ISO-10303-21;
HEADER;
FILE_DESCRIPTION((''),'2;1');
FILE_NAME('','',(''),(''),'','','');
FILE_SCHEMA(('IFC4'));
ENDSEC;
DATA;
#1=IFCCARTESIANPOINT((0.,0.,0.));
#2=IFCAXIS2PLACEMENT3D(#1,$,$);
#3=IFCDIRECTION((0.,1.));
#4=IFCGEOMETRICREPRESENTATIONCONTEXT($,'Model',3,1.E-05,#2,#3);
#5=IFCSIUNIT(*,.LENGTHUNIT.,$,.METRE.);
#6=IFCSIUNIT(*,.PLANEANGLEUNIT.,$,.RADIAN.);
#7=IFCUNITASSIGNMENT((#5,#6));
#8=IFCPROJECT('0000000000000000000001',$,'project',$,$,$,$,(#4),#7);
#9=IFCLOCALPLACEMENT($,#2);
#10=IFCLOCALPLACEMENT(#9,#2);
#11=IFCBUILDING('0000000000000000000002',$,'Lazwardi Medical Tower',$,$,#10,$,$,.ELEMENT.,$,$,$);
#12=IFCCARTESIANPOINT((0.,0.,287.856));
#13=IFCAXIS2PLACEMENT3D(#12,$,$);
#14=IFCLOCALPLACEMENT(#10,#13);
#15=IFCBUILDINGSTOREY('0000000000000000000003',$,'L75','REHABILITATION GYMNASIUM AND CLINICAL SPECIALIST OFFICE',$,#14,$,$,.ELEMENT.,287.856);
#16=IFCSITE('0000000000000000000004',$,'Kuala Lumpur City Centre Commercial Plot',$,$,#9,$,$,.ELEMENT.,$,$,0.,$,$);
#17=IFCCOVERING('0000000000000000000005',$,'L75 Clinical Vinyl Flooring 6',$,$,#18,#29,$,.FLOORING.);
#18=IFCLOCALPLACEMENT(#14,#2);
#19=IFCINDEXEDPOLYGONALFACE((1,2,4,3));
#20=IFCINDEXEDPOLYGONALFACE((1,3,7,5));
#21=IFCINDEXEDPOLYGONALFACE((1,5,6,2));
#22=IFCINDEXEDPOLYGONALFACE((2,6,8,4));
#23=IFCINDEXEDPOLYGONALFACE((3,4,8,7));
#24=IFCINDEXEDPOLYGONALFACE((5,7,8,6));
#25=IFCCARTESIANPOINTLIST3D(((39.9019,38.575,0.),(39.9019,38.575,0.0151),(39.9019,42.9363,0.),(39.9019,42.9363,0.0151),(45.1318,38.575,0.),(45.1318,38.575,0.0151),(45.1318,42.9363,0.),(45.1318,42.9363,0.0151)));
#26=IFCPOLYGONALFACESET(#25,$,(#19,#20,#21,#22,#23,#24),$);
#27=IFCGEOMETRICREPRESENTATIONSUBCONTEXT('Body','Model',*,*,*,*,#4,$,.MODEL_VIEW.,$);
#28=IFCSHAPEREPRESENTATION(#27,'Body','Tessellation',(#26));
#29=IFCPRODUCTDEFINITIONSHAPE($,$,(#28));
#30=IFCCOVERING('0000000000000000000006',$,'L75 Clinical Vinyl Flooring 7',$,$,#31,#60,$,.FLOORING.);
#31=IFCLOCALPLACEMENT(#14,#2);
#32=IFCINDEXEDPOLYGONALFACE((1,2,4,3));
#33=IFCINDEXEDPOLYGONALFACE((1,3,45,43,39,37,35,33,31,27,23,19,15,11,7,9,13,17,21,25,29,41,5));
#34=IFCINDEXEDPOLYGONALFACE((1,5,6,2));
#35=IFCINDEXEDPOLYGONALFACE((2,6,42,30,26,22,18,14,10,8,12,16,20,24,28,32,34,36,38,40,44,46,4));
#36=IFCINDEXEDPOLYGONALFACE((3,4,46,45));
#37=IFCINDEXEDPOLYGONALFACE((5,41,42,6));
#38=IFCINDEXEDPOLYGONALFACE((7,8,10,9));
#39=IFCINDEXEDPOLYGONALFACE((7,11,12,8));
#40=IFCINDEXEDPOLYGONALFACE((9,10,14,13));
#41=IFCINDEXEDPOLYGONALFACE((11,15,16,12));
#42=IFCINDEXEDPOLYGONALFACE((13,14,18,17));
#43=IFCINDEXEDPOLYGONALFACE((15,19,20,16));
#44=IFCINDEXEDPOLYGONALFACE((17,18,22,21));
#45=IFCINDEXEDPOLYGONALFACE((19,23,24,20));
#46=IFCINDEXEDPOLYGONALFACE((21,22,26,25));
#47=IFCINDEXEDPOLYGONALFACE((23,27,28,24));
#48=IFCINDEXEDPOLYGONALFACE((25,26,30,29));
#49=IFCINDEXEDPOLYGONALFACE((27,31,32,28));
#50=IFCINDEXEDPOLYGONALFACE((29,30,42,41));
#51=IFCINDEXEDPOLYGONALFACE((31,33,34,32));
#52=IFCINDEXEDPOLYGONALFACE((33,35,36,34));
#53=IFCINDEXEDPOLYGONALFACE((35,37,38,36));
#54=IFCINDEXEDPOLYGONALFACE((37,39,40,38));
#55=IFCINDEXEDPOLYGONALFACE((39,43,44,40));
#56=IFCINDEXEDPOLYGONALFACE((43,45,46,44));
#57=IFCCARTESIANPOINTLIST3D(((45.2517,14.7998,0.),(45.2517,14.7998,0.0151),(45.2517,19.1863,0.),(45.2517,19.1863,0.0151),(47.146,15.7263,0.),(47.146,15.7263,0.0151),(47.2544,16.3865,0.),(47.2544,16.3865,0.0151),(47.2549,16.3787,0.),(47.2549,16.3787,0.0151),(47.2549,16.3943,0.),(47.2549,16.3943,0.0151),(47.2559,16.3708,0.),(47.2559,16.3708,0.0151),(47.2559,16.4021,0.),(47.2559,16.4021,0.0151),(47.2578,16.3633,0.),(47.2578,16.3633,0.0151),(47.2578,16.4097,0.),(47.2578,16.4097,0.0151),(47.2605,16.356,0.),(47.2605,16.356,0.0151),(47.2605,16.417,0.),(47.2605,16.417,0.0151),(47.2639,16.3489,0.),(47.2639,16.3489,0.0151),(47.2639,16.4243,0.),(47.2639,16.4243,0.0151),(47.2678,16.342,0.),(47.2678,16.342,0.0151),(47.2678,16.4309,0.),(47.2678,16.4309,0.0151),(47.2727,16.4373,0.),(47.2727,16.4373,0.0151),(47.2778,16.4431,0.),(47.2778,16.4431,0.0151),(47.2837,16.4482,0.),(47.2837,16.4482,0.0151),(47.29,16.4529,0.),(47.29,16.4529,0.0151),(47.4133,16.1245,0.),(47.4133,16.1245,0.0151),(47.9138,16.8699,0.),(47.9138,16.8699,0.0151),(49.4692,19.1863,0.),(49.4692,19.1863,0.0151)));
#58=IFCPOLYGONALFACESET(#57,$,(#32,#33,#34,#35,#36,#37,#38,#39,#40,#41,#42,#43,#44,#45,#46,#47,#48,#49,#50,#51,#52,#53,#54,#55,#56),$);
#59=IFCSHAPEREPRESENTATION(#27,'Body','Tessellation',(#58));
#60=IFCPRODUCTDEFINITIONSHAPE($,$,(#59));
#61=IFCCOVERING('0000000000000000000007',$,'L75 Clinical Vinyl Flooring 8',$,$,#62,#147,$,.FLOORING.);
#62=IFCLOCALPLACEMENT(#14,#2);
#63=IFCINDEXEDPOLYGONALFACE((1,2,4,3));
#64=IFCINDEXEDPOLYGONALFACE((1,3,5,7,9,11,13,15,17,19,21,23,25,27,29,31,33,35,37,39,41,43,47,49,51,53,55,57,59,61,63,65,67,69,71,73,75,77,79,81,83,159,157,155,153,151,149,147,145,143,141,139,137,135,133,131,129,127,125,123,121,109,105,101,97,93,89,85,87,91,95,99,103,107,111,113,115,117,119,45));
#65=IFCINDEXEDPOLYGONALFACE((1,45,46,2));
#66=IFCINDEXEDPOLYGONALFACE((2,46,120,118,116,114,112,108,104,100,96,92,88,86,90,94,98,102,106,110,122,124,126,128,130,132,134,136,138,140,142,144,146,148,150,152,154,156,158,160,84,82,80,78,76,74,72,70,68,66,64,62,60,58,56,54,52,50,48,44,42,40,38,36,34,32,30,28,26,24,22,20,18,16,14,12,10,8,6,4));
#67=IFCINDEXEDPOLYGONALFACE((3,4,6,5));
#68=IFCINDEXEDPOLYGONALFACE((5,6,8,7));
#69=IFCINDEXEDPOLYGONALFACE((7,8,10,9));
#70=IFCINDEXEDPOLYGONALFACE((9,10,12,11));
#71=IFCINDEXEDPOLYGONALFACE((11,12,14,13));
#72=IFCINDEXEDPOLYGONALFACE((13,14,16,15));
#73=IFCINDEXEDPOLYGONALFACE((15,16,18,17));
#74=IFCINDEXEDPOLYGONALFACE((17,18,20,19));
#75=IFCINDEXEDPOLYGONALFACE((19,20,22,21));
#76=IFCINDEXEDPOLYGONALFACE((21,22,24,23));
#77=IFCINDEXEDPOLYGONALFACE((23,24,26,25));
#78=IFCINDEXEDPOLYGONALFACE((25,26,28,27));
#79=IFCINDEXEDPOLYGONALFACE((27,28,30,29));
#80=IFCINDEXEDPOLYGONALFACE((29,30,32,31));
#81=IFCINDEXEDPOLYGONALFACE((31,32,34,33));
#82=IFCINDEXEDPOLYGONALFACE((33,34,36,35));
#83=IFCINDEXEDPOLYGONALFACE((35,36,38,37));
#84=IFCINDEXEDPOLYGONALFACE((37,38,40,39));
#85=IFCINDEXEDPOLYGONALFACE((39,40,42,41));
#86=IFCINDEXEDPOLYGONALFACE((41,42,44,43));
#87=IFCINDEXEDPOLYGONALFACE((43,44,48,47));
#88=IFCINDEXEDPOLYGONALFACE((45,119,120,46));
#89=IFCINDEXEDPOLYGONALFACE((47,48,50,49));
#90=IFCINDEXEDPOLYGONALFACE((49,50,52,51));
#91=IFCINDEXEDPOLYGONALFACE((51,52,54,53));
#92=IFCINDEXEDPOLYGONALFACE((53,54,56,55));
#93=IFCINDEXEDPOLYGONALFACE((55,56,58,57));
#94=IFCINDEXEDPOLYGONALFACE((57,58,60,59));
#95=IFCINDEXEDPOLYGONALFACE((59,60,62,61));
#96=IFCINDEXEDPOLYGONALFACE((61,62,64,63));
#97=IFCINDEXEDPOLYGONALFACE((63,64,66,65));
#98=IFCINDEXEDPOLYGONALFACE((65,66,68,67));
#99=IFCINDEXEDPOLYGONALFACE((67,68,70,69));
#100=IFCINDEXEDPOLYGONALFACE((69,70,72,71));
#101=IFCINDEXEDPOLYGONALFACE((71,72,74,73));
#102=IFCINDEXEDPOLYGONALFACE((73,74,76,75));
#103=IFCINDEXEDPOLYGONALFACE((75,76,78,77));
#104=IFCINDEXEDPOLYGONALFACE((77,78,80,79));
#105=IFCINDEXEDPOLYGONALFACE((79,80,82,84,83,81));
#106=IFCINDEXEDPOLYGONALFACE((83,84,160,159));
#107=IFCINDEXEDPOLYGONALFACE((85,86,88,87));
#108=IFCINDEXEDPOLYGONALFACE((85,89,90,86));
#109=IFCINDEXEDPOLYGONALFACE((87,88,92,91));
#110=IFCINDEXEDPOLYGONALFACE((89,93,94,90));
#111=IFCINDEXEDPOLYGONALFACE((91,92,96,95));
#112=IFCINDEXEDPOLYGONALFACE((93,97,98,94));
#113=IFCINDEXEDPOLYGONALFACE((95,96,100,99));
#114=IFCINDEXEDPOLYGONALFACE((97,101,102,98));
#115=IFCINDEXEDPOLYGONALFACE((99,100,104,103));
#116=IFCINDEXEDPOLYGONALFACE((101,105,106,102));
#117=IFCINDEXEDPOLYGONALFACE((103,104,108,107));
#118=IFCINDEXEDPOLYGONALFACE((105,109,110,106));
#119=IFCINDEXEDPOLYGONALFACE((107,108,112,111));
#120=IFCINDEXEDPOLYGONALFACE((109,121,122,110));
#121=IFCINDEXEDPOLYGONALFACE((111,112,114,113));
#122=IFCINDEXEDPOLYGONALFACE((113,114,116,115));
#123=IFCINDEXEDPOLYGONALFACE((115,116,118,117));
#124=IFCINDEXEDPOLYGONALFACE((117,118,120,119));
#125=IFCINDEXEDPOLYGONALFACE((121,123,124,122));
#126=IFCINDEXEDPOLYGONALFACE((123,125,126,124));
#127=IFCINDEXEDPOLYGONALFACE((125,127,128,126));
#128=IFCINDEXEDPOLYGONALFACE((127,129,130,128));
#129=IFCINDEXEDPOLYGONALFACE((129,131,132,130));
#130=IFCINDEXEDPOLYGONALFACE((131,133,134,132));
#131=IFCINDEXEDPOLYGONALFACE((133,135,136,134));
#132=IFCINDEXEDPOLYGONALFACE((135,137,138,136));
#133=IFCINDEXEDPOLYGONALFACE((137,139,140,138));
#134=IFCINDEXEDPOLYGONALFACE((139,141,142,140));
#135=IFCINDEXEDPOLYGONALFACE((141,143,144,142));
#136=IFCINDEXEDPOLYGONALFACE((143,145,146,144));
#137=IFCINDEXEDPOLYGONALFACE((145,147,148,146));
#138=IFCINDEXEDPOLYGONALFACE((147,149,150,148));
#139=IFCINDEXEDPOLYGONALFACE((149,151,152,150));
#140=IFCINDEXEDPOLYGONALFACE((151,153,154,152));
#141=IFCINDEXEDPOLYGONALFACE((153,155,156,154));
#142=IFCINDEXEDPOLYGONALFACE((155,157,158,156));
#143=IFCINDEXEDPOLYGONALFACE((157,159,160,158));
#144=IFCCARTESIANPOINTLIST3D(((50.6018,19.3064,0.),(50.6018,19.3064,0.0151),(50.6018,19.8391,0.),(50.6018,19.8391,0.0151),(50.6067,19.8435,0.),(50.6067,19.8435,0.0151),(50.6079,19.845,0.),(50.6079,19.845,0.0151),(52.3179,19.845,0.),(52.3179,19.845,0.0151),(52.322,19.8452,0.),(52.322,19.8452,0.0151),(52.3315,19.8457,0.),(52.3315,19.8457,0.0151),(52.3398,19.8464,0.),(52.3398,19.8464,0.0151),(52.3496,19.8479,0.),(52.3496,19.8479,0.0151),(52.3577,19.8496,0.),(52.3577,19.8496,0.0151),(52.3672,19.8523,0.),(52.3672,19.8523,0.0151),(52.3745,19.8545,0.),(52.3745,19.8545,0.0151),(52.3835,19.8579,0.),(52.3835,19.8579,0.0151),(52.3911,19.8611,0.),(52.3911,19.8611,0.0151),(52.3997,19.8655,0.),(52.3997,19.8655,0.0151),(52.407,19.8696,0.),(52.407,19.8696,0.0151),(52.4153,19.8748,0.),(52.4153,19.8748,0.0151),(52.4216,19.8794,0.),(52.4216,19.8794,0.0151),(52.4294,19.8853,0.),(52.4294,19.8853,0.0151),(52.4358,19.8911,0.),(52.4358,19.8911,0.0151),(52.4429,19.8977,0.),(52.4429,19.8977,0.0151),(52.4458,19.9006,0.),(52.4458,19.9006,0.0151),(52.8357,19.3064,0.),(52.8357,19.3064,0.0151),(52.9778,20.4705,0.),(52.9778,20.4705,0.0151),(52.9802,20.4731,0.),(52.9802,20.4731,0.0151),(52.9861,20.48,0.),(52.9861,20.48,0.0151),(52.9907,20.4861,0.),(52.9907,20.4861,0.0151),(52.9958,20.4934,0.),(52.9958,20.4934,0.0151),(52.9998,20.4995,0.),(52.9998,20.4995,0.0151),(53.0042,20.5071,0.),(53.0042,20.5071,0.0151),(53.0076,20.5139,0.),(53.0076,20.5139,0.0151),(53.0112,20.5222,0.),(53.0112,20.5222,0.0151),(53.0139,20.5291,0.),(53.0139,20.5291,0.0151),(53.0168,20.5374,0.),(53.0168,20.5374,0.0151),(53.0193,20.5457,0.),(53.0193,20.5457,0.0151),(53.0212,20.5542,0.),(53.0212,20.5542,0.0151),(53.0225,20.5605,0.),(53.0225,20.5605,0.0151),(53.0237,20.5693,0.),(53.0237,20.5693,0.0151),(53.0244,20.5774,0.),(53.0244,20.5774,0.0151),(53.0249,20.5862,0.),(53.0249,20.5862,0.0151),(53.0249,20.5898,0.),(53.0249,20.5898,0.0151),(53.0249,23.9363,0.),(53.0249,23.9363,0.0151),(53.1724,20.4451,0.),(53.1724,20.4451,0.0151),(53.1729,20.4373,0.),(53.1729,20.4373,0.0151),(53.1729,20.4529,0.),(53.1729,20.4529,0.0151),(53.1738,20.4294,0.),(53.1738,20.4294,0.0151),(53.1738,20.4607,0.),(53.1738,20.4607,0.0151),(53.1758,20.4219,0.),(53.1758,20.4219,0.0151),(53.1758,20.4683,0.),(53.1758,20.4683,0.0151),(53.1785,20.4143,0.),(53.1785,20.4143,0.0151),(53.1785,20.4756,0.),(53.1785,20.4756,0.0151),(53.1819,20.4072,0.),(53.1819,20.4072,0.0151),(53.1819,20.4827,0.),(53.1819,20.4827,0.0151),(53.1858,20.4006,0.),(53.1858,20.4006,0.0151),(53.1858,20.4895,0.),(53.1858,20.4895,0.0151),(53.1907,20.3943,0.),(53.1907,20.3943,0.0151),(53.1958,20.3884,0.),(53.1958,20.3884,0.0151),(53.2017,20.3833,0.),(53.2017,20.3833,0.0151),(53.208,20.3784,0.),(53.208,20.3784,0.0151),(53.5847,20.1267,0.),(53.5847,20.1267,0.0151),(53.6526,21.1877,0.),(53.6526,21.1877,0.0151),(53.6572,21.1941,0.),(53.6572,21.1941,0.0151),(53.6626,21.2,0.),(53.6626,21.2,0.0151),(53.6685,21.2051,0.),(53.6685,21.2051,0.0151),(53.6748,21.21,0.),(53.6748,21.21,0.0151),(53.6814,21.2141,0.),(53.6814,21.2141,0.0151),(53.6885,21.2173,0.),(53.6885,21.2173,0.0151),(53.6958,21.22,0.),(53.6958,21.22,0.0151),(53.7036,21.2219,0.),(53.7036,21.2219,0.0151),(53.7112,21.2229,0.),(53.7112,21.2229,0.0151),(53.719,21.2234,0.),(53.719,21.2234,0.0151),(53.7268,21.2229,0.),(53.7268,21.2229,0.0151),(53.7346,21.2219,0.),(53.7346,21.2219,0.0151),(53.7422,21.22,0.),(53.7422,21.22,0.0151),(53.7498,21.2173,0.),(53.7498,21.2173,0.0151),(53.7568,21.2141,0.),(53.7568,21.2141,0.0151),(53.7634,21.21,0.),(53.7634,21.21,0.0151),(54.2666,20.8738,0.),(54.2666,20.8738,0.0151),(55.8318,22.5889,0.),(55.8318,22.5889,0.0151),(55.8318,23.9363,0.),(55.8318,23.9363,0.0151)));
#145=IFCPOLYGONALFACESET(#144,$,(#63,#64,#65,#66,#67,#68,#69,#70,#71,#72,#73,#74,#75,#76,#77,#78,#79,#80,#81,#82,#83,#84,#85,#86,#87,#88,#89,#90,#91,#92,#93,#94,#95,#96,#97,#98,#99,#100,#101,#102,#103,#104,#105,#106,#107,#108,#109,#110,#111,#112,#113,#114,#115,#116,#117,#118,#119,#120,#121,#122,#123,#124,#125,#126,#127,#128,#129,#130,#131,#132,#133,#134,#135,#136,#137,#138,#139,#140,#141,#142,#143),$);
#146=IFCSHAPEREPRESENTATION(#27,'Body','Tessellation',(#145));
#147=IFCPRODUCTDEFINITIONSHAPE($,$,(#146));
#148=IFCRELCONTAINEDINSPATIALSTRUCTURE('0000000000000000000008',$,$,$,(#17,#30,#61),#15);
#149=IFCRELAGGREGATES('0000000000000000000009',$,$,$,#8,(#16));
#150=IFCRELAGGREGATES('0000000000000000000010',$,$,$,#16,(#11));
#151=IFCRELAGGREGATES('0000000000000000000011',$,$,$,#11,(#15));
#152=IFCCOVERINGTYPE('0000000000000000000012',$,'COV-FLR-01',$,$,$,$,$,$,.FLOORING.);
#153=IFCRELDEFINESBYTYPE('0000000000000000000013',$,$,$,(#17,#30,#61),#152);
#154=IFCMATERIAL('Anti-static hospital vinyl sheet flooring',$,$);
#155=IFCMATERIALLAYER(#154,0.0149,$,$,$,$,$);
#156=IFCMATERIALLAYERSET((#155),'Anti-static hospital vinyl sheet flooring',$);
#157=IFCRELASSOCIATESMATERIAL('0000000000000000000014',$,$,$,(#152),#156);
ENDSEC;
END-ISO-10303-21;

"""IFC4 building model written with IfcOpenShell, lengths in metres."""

from ifc_helpers import new_model, si_unit, direction, frame, origin, place, context, subcontext, project, spatial, polyline, outline, extrude, material, layer, layer_set, type_object, element, save


model = new_model("IFC4")

# Units and contexts
model_context = context("Model", 3, precision=1e-05, world=origin(), true_north=direction((0.0, 1.0)))
body_context = subcontext(model_context, "Body", "Model", "MODEL_VIEW")
ifc_project = project(units=[si_unit("LENGTHUNIT", "METRE"), si_unit("PLANEANGLEUNIT", "RADIAN")], contexts=[model_context])

# Site, building, storey
site_placement = place(None, origin())
site = spatial("IfcSite", under=ifc_project, at=site_placement, Name="Kuala Lumpur City Centre Commercial Plot", CompositionType="ELEMENT", RefElevation=0.0)
building_placement = place(site_placement, origin())
building = spatial("IfcBuilding", under=site, at=building_placement, Name="Lazwardi Medical Tower", CompositionType="ELEMENT")
storey_placement = place(building_placement, frame((0.0, 0.0, 287.856)))
storey = spatial("IfcBuildingStorey", under=building, at=storey_placement, Name="L75", Description="REHABILITATION GYMNASIUM AND CLINICAL SPECIALIST OFFICE", CompositionType="ELEMENT", Elevation=287.856)

# Coverings
ifc_material_1 = material(Name="Anti-static hospital vinyl sheet flooring")
ifc_layer_1 = layer(ifc_material_1, 0.0149)
ifc_layer_set_1 = layer_set([ifc_layer_1], Name="Anti-static hospital vinyl sheet flooring")
covering_type_1 = type_object("IfcCoveringType", Name="COV-FLR-01", PredefinedType="FLOORING", material=ifc_layer_set_1)
covering_1_placement = place(storey_placement, origin())
element("IfcCovering", 1, at=covering_1_placement, inside=storey, type_object=covering_type_1, Name="L75 Clinical Vinyl Flooring 6", PredefinedType="FLOORING", context=body_context, shape_type="SweptSolid", body=[
    extrude(outline(polyline([(39.9019, 38.575), (45.1318, 38.575), (45.1318, 42.9363), (39.9019, 42.9363), (39.9019, 38.575)])), origin(), (0.0, 0.0, 1.0), 0.0151),
])
covering_2_placement = place(storey_placement, origin())
element("IfcCovering", 2, at=covering_2_placement, inside=storey, type_object=covering_type_1, Name="L75 Clinical Vinyl Flooring 7", PredefinedType="FLOORING", context=body_context, shape_type="SweptSolid", body=[
    extrude(outline(polyline([(45.2517, 14.7998), (47.146, 15.7263), (47.4133, 16.1245), (47.2678, 16.342), (47.2639, 16.3489), (47.2605, 16.356), (47.2578, 16.3633), (47.2559, 16.3708), (47.2549, 16.3787), (47.2544, 16.3865), (47.2549, 16.3943), (47.2559, 16.4021), (47.2578, 16.4097), (47.2605, 16.417), (47.2639, 16.4243), (47.2678, 16.4309), (47.2727, 16.4373), (47.2778, 16.4431), (47.2837, 16.4482), (47.29, 16.4529), (47.9138, 16.8699), (49.4692, 19.1863), (45.2517, 19.1863), (45.2517, 14.7998)])), origin(), (0.0, 0.0, 1.0), 0.0151),
])
covering_3_placement = place(storey_placement, origin())
element("IfcCovering", 3, at=covering_3_placement, inside=storey, type_object=covering_type_1, Name="L75 Clinical Vinyl Flooring 8", PredefinedType="FLOORING", context=body_context, shape_type="SweptSolid", body=[
    extrude(outline(polyline([(53.0249, 23.9363), (53.0249, 20.5898), (53.0249, 20.5862), (53.0244, 20.5774), (53.0237, 20.5693), (53.0225, 20.5605), (53.0212, 20.5542), (53.0193, 20.5457), (53.0168, 20.5374), (53.0139, 20.5291), (53.0112, 20.5222), (53.0076, 20.5139), (53.0042, 20.5071), (52.9998, 20.4995), (52.9958, 20.4934), (52.9907, 20.4861), (52.9861, 20.48), (52.9802, 20.4731), (52.9778, 20.4705), (52.4458, 19.9006), (52.4429, 19.8977), (52.4358, 19.8911), (52.4294, 19.8853), (52.4216, 19.8794), (52.4153, 19.8748), (52.407, 19.8696), (52.3997, 19.8655), (52.3911, 19.8611), (52.3835, 19.8579), (52.3745, 19.8545), (52.3672, 19.8523), (52.3577, 19.8496), (52.3496, 19.8479), (52.3398, 19.8464), (52.3315, 19.8457), (52.322, 19.8452), (52.3179, 19.845), (50.6079, 19.845), (50.6067, 19.8435), (50.6018, 19.8391), (50.6018, 19.3064), (52.8357, 19.3064), (53.5847, 20.1267), (53.208, 20.3784), (53.2017, 20.3833), (53.1958, 20.3884), (53.1907, 20.3943), (53.1858, 20.4006), (53.1819, 20.4072), (53.1785, 20.4143), (53.1758, 20.4219), (53.1738, 20.4294), (53.1729, 20.4373), (53.1724, 20.4451), (53.1729, 20.4529), (53.1738, 20.4607), (53.1758, 20.4683), (53.1785, 20.4756), (53.1819, 20.4827), (53.1858, 20.4895), (53.6526, 21.1877), (53.6572, 21.1941), (53.6626, 21.2), (53.6685, 21.2051), (53.6748, 21.21), (53.6814, 21.2141), (53.6885, 21.2173), (53.6958, 21.22), (53.7036, 21.2219), (53.7112, 21.2229), (53.719, 21.2234), (53.7268, 21.2229), (53.7346, 21.2219), (53.7422, 21.22), (53.7498, 21.2173), (53.7568, 21.2141), (53.7634, 21.21), (54.2666, 20.8738), (55.8318, 22.5889), (55.8318, 23.9363), (53.0249, 23.9363)])), origin(), (0.0, 0.0, 1.0), 0.0151),
])

save(model, "model.ifc")
